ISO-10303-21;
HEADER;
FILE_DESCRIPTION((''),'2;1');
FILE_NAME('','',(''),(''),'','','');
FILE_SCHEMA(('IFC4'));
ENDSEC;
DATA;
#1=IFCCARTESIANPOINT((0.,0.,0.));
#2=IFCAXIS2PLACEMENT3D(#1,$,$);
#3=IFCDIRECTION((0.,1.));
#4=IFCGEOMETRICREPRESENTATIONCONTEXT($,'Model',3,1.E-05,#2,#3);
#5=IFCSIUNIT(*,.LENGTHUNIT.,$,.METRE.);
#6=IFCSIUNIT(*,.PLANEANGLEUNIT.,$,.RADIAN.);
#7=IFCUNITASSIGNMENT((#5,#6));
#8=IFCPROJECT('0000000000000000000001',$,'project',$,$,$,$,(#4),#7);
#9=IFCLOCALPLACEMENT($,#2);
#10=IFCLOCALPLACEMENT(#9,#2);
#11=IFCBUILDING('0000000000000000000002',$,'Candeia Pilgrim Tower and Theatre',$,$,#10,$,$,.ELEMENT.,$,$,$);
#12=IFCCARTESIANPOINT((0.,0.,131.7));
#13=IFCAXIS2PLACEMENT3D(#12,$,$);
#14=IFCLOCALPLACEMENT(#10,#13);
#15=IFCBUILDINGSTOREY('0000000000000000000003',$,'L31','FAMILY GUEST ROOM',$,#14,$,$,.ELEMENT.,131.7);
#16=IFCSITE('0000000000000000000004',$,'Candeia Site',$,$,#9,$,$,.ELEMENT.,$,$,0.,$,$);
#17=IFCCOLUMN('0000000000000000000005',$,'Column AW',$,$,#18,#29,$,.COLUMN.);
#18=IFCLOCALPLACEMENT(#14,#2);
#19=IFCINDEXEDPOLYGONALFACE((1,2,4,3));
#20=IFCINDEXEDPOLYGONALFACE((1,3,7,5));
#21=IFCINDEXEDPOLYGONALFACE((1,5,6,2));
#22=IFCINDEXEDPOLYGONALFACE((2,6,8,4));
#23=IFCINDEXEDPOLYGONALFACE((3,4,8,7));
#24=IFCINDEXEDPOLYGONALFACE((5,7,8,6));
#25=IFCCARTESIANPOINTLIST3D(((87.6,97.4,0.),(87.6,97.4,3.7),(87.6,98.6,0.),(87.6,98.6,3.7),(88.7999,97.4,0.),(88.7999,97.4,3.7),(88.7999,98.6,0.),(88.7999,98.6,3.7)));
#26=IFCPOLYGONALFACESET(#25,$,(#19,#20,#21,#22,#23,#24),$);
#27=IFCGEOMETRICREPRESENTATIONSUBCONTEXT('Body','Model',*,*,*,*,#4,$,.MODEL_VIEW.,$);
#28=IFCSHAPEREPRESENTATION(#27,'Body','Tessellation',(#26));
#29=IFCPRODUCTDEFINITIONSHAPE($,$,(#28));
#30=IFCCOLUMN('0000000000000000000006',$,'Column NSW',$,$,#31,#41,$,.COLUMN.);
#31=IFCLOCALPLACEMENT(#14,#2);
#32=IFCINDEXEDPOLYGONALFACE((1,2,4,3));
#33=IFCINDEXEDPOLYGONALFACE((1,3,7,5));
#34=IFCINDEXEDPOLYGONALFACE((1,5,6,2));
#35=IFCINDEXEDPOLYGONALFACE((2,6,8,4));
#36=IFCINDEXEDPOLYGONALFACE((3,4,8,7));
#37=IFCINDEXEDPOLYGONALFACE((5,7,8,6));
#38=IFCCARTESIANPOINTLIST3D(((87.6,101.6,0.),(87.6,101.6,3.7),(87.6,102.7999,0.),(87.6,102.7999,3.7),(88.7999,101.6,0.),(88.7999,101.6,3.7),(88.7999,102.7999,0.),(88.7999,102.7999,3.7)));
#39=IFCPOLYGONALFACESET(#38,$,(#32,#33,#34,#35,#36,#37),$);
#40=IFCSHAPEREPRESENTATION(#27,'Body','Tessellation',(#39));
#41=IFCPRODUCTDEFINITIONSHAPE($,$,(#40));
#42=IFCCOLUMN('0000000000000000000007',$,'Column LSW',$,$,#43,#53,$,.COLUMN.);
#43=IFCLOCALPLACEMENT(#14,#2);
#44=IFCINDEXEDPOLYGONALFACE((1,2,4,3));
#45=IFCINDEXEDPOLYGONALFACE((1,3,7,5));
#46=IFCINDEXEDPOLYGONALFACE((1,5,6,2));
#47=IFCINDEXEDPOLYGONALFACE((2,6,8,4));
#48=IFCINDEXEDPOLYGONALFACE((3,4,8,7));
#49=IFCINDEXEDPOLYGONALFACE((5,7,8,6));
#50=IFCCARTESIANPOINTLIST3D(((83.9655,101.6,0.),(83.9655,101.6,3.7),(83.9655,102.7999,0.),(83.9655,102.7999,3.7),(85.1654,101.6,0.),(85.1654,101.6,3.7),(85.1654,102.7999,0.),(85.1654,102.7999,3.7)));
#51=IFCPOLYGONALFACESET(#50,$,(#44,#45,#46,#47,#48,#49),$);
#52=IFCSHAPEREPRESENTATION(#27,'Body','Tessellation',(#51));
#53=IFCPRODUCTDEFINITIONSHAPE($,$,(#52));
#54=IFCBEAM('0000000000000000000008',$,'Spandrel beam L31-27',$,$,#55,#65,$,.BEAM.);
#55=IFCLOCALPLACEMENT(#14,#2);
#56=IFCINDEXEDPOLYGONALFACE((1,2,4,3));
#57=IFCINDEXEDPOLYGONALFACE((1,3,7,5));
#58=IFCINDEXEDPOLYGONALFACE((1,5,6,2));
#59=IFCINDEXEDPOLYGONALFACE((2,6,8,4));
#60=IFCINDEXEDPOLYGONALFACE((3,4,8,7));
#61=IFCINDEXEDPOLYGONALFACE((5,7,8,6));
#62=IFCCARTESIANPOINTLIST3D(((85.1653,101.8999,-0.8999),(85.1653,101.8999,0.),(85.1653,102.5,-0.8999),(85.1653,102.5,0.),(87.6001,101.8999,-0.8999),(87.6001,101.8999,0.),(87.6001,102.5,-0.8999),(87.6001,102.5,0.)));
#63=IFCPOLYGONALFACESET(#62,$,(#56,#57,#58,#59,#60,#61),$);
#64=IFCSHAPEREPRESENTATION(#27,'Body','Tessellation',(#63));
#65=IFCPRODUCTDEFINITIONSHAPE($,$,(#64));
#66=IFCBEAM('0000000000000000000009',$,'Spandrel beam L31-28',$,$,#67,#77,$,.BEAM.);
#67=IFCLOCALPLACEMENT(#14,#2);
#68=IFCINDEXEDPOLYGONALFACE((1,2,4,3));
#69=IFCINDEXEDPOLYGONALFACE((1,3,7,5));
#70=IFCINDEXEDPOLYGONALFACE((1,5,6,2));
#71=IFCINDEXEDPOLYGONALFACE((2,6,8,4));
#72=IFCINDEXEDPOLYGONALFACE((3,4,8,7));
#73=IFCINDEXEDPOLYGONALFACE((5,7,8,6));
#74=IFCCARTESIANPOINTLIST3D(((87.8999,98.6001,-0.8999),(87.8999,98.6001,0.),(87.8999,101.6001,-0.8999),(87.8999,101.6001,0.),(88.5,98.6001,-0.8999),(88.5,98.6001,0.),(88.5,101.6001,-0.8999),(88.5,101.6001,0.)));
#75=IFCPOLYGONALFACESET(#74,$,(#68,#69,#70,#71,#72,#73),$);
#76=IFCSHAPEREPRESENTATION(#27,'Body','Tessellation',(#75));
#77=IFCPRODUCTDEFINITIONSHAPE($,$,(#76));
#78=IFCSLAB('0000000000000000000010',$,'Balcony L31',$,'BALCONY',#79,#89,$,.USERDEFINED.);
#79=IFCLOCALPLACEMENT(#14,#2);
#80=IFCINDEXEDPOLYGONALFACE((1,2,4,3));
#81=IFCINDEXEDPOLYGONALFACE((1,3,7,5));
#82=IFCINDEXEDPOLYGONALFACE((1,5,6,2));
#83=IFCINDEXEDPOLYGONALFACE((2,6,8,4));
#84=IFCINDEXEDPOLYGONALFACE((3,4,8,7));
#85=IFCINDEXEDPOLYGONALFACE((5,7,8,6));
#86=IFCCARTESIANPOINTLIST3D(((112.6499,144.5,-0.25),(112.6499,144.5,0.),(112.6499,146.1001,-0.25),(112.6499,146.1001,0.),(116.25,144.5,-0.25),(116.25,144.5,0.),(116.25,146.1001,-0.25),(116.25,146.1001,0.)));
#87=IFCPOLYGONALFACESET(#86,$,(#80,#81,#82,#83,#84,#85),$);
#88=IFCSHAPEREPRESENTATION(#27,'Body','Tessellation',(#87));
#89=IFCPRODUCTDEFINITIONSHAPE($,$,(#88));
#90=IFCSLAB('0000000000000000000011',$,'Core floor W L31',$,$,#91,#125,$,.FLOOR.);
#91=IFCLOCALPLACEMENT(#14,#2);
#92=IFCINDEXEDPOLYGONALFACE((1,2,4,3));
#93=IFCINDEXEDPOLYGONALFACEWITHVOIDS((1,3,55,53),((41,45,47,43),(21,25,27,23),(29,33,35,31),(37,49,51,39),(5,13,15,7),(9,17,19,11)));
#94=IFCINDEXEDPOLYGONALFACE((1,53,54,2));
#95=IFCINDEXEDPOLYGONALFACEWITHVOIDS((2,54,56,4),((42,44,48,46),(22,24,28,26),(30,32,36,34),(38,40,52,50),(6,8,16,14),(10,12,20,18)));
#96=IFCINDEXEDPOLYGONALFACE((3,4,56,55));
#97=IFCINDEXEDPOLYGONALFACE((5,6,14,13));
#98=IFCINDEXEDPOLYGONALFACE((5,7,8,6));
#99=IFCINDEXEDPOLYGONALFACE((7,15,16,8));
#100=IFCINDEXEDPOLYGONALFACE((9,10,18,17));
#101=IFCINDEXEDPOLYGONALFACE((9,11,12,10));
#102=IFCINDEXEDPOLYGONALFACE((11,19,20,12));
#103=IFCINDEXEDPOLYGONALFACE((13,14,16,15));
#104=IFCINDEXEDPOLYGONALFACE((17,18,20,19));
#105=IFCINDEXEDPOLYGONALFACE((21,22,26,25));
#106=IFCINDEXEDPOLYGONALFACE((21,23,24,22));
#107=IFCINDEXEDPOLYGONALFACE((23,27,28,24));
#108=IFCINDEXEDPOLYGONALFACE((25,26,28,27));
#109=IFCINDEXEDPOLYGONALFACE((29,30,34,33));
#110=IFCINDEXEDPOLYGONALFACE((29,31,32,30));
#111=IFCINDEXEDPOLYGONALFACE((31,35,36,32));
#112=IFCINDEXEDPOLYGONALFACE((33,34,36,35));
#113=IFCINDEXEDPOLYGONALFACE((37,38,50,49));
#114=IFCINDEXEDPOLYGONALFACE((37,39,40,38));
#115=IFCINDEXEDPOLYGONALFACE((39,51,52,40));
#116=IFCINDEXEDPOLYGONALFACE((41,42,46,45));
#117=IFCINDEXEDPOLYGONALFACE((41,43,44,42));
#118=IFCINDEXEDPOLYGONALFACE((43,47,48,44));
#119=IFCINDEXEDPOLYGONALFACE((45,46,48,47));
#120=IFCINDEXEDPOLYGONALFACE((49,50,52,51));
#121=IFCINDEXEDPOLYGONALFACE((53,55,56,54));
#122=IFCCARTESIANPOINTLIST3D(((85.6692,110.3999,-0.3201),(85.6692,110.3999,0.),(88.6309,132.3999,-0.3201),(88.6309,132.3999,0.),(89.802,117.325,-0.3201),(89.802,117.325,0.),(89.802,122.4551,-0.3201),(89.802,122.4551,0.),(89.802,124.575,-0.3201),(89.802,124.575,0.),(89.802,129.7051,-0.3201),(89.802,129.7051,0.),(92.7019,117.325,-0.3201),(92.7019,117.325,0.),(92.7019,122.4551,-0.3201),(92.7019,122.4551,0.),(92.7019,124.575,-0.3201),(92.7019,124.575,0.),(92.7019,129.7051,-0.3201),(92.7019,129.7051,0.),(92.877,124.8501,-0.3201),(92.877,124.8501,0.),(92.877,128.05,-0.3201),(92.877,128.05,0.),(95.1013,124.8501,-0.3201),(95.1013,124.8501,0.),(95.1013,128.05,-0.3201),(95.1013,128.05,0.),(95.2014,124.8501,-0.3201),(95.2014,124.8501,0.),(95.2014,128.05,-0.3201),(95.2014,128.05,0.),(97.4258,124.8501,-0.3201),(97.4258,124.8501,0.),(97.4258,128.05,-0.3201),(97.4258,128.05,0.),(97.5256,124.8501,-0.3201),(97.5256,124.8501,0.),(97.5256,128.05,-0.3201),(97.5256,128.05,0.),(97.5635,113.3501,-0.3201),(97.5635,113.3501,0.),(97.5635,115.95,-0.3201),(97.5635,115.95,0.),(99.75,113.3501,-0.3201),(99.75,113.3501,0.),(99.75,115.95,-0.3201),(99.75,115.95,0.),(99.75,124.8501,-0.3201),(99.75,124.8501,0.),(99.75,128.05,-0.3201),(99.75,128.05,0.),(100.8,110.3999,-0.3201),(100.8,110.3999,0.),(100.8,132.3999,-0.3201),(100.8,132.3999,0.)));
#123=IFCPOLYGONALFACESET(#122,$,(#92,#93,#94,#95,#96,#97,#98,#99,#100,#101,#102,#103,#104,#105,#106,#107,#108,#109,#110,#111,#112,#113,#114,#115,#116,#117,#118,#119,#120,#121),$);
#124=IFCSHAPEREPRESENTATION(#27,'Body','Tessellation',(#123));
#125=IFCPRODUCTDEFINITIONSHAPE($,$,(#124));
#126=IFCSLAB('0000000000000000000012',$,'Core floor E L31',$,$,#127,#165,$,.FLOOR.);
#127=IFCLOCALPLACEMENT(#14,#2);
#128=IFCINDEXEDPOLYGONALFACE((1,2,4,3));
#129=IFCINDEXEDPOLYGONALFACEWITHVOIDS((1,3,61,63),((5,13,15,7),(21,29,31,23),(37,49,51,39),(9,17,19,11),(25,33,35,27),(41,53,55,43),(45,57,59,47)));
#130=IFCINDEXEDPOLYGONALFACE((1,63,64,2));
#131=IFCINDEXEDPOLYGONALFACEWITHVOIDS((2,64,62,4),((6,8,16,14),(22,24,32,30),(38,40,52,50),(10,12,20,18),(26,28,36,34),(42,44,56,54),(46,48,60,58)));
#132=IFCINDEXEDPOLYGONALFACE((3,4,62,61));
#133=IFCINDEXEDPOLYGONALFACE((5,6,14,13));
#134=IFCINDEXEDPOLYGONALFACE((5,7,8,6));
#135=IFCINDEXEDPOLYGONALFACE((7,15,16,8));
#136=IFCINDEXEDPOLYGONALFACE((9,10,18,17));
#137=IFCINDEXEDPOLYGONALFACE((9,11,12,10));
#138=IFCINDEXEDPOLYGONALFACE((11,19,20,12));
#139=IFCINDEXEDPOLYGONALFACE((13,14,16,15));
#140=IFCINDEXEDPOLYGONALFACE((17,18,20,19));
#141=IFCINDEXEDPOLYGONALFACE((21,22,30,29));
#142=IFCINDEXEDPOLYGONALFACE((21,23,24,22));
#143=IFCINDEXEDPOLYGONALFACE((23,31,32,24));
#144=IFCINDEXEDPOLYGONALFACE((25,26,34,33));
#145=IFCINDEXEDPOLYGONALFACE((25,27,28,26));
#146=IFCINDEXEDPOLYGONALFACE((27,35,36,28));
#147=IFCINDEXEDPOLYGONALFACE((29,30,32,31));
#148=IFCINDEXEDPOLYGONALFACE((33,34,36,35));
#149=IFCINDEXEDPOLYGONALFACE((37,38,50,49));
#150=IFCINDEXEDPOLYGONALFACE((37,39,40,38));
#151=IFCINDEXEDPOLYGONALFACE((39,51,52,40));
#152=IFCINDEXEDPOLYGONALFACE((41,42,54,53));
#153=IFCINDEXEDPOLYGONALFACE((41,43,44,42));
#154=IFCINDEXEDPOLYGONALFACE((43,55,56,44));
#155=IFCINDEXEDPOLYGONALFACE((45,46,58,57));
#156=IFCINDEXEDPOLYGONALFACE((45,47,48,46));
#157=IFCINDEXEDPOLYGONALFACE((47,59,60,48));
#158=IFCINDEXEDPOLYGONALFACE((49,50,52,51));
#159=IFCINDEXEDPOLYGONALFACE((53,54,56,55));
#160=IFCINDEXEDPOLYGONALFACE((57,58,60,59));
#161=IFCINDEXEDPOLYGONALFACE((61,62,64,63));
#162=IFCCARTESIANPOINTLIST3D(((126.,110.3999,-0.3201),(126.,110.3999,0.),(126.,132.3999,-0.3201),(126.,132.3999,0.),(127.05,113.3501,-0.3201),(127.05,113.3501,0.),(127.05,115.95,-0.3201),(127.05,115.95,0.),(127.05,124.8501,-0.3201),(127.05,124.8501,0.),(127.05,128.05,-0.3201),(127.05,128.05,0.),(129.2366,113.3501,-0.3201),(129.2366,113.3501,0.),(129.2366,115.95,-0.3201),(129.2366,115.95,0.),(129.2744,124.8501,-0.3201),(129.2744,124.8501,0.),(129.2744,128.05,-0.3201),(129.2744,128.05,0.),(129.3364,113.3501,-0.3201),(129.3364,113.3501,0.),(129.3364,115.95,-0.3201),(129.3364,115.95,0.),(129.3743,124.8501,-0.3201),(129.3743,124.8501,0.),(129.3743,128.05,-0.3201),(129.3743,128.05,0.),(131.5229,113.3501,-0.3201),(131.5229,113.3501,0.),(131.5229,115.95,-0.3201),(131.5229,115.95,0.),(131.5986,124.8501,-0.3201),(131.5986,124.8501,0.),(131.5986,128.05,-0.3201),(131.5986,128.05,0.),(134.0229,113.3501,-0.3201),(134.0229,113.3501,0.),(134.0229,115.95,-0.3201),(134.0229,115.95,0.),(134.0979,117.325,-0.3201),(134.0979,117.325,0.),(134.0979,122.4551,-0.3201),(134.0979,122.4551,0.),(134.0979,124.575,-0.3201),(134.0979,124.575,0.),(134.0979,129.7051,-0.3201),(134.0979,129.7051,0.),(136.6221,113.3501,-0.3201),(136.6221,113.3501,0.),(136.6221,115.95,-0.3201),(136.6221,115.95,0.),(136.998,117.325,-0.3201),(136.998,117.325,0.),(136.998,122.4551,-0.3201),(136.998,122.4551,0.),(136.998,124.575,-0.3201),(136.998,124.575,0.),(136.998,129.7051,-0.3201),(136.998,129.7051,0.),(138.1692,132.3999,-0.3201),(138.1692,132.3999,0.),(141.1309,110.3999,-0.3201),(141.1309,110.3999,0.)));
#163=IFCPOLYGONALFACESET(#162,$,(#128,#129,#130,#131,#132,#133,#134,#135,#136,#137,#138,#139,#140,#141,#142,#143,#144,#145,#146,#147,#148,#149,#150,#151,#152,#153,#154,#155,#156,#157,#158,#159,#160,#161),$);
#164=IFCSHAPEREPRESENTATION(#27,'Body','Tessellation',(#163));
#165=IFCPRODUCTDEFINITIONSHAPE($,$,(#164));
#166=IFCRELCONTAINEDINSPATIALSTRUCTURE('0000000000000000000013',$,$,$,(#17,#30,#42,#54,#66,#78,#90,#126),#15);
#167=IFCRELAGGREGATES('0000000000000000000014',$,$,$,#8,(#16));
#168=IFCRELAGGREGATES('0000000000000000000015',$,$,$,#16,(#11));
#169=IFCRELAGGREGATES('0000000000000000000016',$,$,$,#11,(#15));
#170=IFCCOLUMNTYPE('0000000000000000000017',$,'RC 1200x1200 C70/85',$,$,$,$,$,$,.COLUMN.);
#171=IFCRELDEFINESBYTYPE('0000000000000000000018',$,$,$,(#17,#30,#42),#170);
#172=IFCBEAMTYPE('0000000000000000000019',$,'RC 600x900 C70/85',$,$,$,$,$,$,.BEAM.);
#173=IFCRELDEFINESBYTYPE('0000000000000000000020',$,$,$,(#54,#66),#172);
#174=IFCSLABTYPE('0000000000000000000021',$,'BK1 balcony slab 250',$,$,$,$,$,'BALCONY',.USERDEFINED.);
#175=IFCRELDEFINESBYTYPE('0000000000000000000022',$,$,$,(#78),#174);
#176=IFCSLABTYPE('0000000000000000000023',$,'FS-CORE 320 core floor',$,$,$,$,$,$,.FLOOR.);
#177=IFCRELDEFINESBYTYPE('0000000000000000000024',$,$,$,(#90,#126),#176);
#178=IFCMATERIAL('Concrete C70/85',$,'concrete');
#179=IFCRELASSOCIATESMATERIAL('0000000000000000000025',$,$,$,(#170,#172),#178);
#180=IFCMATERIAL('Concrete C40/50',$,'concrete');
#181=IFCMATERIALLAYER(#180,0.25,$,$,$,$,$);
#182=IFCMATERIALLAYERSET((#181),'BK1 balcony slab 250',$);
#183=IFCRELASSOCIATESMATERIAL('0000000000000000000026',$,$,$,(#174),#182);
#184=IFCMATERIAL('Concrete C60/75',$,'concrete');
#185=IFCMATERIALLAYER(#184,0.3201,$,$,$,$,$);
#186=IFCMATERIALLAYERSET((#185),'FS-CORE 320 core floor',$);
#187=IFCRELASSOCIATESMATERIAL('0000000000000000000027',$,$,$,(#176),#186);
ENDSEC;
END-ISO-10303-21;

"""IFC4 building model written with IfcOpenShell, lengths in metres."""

from ifc_helpers import new_model, si_unit, direction, frame, origin, origin_2d, place, context, subcontext, project, spatial, polyline, rectangle, outline, extrude, material, layer, layer_set, material_profile, profile_set, type_object, element, save


model = new_model("IFC4")

# Units and contexts
model_context = context("Model", 3, precision=1e-05, world=origin(), true_north=direction((0.0, 1.0)))
body_context = subcontext(model_context, "Body", "Model", "MODEL_VIEW")
ifc_project = project(units=[si_unit("LENGTHUNIT", "METRE"), si_unit("PLANEANGLEUNIT", "RADIAN")], contexts=[model_context])

# Site, building, storey
site_placement = place(None, origin())
site = spatial("IfcSite", under=ifc_project, at=site_placement, Name="Candeia Site", CompositionType="ELEMENT", RefElevation=0.0)
building_placement = place(site_placement, origin())
building = spatial("IfcBuilding", under=site, at=building_placement, Name="Candeia Pilgrim Tower and Theatre", CompositionType="ELEMENT")
storey_placement = place(building_placement, frame((0.0, 0.0, 131.7)))
storey = spatial("IfcBuildingStorey", under=building, at=storey_placement, Name="L31", Description="FAMILY GUEST ROOM", CompositionType="ELEMENT", Elevation=131.7)

# Columns
ifc_material_1 = material(Name="Concrete C70/85", Category="concrete")
ifc_material_profile_1 = material_profile(ifc_material_1, rectangle(XDim=1.2, YDim=1.2, at=origin_2d()))
ifc_profile_set_1 = profile_set([ifc_material_profile_1], Name="Concrete C70/85")
column_type = type_object("IfcColumnType", Name="RC 1200x1200 C70/85", PredefinedType="COLUMN", material=ifc_profile_set_1)
for number, where, z_axis, x_axis, name in (
    (1, (88.2, 98.0, 0.0), (0.0, 0.0, 1.0), (1.0, 0.0, 0.0), "Column AW"),
    (2, (88.2, 102.2, 0.0), (0.0, 0.0, 1.0), (1.0, 0.0, 0.0), "Column NSW"),
    (3, (84.5654, 102.2, 0.0), (0.0, 0.0, 1.0), (1.0, 0.0, 0.0), "Column LSW"),
):
    element("IfcColumn", number, at=place(storey_placement, frame(where, z_axis=z_axis, x_axis=x_axis)), inside=storey, type_object=column_type, Name=name, PredefinedType="COLUMN", context=body_context, shape_type="SweptSolid", body=[
        extrude(rectangle(XDim=1.2, YDim=1.2, at=origin_2d()), origin(), (0.0, 0.0, 1.0), 3.7),
    ])

# Beams
ifc_material_profile_2 = material_profile(ifc_material_1, rectangle(XDim=0.6001, YDim=0.8999, at=origin_2d()))
ifc_profile_set_2 = profile_set([ifc_material_profile_2], Name="Concrete C70/85")
beam_type = type_object("IfcBeamType", Name="RC 600x900 C70/85", PredefinedType="BEAM", material=ifc_profile_set_2)
beam_1_placement = place(storey_placement, frame((85.1653, 102.2, -0.45), z_axis=(1.0, 0.0, 0.0), x_axis=(0.0, 1.0, 0.0)))
element("IfcBeam", 4, at=beam_1_placement, inside=storey, type_object=beam_type, Name="Spandrel beam L31-27", PredefinedType="BEAM", context=body_context, shape_type="SweptSolid", body=[
    extrude(rectangle(XDim=0.6001, YDim=0.8999, at=origin_2d()), origin(), (0.0, 0.0, 1.0), 2.4348),
])
beam_2_placement = place(storey_placement, frame((88.2, 101.6001, -0.45), z_axis=(0.0, -1.0, 0.0), x_axis=(1.0, 0.0, 0.0)))
element("IfcBeam", 5, at=beam_2_placement, inside=storey, type_object=beam_type, Name="Spandrel beam L31-28", PredefinedType="BEAM", context=body_context, shape_type="SweptSolid", body=[
    extrude(rectangle(XDim=0.6001, YDim=0.8999, at=origin_2d()), origin(), (0.0, 0.0, 1.0), 3.0),
])

# Slabs
ifc_material_2 = material(Name="Concrete C40/50", Category="concrete")
ifc_layer_1 = layer(ifc_material_2, 0.25)
ifc_layer_set_1 = layer_set([ifc_layer_1], Name="BK1 balcony slab 250")
slab_type_1 = type_object("IfcSlabType", Name="BK1 balcony slab 250", ElementType="BALCONY", PredefinedType="USERDEFINED", material=ifc_layer_set_1)
slab_1_placement = place(storey_placement, frame((0.0, 0.0, -0.25)))
element("IfcSlab", 6, at=slab_1_placement, inside=storey, type_object=slab_type_1, Name="Balcony L31", ObjectType="BALCONY", PredefinedType="USERDEFINED", context=body_context, shape_type="SweptSolid", body=[
    extrude(outline(polyline([(112.6499, 144.5), (116.25, 144.5), (116.25, 146.1001), (112.6499, 146.1001), (112.6499, 144.5)])), origin(), (0.0, 0.0, 1.0), 0.25),
])
ifc_material_3 = material(Name="Concrete C60/75", Category="concrete")
ifc_layer_2 = layer(ifc_material_3, 0.3201)
ifc_layer_set_2 = layer_set([ifc_layer_2], Name="FS-CORE 320 core floor")
slab_type_2 = type_object("IfcSlabType", Name="FS-CORE 320 core floor", PredefinedType="FLOOR", material=ifc_layer_set_2)
slab_2_placement = place(storey_placement, frame((0.0, 0.0, -0.3201)))
element("IfcSlab", 7, at=slab_2_placement, inside=storey, type_object=slab_type_2, Name="Core floor W L31", PredefinedType="FLOOR", context=body_context, shape_type="SweptSolid", body=[
    extrude(outline(polyline([(100.8, 132.3999), (100.8, 110.3999), (85.6692, 110.3999), (88.6309, 132.3999), (100.8, 132.3999)]), holes=[polyline([(97.5256, 128.05), (97.5256, 124.8501), (99.75, 124.8501), (99.75, 128.05), (97.5256, 128.05)]), polyline([(97.5635, 113.3501), (99.75, 113.3501), (99.75, 115.95), (97.5635, 115.95), (97.5635, 113.3501)]), polyline([(95.2014, 124.8501), (97.4258, 124.8501), (97.4258, 128.05), (95.2014, 128.05), (95.2014, 124.8501)]), polyline([(92.877, 128.05), (92.877, 124.8501), (95.1013, 124.8501), (95.1013, 128.05), (92.877, 128.05)]), polyline([(89.802, 122.4551), (89.802, 117.325), (92.7019, 117.325), (92.7019, 122.4551), (89.802, 122.4551)]), polyline([(89.802, 129.7051), (89.802, 124.575), (92.7019, 124.575), (92.7019, 129.7051), (89.802, 129.7051)])]), origin(), (0.0, 0.0, 1.0), 0.3201),
])
slab_3_placement = place(storey_placement, frame((0.0, 0.0, -0.3201)))
element("IfcSlab", 8, at=slab_3_placement, inside=storey, type_object=slab_type_2, Name="Core floor E L31", PredefinedType="FLOOR", context=body_context, shape_type="SweptSolid", body=[
    extrude(outline(polyline([(138.1692, 132.3999), (141.1309, 110.3999), (126.0, 110.3999), (126.0, 132.3999), (138.1692, 132.3999)]), holes=[polyline([(134.0979, 122.4551), (134.0979, 117.325), (136.998, 117.325), (136.998, 122.4551), (134.0979, 122.4551)]), polyline([(134.0979, 129.7051), (134.0979, 124.575), (136.998, 124.575), (136.998, 129.7051), (134.0979, 129.7051)]), polyline([(136.6221, 115.95), (134.0229, 115.95), (134.0229, 113.3501), (136.6221, 113.3501), (136.6221, 115.95)]), polyline([(131.5986, 128.05), (129.3743, 128.05), (129.3743, 124.8501), (131.5986, 124.8501), (131.5986, 128.05)]), polyline([(131.5229, 115.95), (129.3364, 115.95), (129.3364, 113.3501), (131.5229, 113.3501), (131.5229, 115.95)]), polyline([(129.2744, 128.05), (127.05, 128.05), (127.05, 124.8501), (129.2744, 124.8501), (129.2744, 128.05)]), polyline([(127.05, 115.95), (127.05, 113.3501), (129.2366, 113.3501), (129.2366, 115.95), (127.05, 115.95)])]), origin(), (0.0, 0.0, 1.0), 0.3201),
])

save(model, "model.ifc")
